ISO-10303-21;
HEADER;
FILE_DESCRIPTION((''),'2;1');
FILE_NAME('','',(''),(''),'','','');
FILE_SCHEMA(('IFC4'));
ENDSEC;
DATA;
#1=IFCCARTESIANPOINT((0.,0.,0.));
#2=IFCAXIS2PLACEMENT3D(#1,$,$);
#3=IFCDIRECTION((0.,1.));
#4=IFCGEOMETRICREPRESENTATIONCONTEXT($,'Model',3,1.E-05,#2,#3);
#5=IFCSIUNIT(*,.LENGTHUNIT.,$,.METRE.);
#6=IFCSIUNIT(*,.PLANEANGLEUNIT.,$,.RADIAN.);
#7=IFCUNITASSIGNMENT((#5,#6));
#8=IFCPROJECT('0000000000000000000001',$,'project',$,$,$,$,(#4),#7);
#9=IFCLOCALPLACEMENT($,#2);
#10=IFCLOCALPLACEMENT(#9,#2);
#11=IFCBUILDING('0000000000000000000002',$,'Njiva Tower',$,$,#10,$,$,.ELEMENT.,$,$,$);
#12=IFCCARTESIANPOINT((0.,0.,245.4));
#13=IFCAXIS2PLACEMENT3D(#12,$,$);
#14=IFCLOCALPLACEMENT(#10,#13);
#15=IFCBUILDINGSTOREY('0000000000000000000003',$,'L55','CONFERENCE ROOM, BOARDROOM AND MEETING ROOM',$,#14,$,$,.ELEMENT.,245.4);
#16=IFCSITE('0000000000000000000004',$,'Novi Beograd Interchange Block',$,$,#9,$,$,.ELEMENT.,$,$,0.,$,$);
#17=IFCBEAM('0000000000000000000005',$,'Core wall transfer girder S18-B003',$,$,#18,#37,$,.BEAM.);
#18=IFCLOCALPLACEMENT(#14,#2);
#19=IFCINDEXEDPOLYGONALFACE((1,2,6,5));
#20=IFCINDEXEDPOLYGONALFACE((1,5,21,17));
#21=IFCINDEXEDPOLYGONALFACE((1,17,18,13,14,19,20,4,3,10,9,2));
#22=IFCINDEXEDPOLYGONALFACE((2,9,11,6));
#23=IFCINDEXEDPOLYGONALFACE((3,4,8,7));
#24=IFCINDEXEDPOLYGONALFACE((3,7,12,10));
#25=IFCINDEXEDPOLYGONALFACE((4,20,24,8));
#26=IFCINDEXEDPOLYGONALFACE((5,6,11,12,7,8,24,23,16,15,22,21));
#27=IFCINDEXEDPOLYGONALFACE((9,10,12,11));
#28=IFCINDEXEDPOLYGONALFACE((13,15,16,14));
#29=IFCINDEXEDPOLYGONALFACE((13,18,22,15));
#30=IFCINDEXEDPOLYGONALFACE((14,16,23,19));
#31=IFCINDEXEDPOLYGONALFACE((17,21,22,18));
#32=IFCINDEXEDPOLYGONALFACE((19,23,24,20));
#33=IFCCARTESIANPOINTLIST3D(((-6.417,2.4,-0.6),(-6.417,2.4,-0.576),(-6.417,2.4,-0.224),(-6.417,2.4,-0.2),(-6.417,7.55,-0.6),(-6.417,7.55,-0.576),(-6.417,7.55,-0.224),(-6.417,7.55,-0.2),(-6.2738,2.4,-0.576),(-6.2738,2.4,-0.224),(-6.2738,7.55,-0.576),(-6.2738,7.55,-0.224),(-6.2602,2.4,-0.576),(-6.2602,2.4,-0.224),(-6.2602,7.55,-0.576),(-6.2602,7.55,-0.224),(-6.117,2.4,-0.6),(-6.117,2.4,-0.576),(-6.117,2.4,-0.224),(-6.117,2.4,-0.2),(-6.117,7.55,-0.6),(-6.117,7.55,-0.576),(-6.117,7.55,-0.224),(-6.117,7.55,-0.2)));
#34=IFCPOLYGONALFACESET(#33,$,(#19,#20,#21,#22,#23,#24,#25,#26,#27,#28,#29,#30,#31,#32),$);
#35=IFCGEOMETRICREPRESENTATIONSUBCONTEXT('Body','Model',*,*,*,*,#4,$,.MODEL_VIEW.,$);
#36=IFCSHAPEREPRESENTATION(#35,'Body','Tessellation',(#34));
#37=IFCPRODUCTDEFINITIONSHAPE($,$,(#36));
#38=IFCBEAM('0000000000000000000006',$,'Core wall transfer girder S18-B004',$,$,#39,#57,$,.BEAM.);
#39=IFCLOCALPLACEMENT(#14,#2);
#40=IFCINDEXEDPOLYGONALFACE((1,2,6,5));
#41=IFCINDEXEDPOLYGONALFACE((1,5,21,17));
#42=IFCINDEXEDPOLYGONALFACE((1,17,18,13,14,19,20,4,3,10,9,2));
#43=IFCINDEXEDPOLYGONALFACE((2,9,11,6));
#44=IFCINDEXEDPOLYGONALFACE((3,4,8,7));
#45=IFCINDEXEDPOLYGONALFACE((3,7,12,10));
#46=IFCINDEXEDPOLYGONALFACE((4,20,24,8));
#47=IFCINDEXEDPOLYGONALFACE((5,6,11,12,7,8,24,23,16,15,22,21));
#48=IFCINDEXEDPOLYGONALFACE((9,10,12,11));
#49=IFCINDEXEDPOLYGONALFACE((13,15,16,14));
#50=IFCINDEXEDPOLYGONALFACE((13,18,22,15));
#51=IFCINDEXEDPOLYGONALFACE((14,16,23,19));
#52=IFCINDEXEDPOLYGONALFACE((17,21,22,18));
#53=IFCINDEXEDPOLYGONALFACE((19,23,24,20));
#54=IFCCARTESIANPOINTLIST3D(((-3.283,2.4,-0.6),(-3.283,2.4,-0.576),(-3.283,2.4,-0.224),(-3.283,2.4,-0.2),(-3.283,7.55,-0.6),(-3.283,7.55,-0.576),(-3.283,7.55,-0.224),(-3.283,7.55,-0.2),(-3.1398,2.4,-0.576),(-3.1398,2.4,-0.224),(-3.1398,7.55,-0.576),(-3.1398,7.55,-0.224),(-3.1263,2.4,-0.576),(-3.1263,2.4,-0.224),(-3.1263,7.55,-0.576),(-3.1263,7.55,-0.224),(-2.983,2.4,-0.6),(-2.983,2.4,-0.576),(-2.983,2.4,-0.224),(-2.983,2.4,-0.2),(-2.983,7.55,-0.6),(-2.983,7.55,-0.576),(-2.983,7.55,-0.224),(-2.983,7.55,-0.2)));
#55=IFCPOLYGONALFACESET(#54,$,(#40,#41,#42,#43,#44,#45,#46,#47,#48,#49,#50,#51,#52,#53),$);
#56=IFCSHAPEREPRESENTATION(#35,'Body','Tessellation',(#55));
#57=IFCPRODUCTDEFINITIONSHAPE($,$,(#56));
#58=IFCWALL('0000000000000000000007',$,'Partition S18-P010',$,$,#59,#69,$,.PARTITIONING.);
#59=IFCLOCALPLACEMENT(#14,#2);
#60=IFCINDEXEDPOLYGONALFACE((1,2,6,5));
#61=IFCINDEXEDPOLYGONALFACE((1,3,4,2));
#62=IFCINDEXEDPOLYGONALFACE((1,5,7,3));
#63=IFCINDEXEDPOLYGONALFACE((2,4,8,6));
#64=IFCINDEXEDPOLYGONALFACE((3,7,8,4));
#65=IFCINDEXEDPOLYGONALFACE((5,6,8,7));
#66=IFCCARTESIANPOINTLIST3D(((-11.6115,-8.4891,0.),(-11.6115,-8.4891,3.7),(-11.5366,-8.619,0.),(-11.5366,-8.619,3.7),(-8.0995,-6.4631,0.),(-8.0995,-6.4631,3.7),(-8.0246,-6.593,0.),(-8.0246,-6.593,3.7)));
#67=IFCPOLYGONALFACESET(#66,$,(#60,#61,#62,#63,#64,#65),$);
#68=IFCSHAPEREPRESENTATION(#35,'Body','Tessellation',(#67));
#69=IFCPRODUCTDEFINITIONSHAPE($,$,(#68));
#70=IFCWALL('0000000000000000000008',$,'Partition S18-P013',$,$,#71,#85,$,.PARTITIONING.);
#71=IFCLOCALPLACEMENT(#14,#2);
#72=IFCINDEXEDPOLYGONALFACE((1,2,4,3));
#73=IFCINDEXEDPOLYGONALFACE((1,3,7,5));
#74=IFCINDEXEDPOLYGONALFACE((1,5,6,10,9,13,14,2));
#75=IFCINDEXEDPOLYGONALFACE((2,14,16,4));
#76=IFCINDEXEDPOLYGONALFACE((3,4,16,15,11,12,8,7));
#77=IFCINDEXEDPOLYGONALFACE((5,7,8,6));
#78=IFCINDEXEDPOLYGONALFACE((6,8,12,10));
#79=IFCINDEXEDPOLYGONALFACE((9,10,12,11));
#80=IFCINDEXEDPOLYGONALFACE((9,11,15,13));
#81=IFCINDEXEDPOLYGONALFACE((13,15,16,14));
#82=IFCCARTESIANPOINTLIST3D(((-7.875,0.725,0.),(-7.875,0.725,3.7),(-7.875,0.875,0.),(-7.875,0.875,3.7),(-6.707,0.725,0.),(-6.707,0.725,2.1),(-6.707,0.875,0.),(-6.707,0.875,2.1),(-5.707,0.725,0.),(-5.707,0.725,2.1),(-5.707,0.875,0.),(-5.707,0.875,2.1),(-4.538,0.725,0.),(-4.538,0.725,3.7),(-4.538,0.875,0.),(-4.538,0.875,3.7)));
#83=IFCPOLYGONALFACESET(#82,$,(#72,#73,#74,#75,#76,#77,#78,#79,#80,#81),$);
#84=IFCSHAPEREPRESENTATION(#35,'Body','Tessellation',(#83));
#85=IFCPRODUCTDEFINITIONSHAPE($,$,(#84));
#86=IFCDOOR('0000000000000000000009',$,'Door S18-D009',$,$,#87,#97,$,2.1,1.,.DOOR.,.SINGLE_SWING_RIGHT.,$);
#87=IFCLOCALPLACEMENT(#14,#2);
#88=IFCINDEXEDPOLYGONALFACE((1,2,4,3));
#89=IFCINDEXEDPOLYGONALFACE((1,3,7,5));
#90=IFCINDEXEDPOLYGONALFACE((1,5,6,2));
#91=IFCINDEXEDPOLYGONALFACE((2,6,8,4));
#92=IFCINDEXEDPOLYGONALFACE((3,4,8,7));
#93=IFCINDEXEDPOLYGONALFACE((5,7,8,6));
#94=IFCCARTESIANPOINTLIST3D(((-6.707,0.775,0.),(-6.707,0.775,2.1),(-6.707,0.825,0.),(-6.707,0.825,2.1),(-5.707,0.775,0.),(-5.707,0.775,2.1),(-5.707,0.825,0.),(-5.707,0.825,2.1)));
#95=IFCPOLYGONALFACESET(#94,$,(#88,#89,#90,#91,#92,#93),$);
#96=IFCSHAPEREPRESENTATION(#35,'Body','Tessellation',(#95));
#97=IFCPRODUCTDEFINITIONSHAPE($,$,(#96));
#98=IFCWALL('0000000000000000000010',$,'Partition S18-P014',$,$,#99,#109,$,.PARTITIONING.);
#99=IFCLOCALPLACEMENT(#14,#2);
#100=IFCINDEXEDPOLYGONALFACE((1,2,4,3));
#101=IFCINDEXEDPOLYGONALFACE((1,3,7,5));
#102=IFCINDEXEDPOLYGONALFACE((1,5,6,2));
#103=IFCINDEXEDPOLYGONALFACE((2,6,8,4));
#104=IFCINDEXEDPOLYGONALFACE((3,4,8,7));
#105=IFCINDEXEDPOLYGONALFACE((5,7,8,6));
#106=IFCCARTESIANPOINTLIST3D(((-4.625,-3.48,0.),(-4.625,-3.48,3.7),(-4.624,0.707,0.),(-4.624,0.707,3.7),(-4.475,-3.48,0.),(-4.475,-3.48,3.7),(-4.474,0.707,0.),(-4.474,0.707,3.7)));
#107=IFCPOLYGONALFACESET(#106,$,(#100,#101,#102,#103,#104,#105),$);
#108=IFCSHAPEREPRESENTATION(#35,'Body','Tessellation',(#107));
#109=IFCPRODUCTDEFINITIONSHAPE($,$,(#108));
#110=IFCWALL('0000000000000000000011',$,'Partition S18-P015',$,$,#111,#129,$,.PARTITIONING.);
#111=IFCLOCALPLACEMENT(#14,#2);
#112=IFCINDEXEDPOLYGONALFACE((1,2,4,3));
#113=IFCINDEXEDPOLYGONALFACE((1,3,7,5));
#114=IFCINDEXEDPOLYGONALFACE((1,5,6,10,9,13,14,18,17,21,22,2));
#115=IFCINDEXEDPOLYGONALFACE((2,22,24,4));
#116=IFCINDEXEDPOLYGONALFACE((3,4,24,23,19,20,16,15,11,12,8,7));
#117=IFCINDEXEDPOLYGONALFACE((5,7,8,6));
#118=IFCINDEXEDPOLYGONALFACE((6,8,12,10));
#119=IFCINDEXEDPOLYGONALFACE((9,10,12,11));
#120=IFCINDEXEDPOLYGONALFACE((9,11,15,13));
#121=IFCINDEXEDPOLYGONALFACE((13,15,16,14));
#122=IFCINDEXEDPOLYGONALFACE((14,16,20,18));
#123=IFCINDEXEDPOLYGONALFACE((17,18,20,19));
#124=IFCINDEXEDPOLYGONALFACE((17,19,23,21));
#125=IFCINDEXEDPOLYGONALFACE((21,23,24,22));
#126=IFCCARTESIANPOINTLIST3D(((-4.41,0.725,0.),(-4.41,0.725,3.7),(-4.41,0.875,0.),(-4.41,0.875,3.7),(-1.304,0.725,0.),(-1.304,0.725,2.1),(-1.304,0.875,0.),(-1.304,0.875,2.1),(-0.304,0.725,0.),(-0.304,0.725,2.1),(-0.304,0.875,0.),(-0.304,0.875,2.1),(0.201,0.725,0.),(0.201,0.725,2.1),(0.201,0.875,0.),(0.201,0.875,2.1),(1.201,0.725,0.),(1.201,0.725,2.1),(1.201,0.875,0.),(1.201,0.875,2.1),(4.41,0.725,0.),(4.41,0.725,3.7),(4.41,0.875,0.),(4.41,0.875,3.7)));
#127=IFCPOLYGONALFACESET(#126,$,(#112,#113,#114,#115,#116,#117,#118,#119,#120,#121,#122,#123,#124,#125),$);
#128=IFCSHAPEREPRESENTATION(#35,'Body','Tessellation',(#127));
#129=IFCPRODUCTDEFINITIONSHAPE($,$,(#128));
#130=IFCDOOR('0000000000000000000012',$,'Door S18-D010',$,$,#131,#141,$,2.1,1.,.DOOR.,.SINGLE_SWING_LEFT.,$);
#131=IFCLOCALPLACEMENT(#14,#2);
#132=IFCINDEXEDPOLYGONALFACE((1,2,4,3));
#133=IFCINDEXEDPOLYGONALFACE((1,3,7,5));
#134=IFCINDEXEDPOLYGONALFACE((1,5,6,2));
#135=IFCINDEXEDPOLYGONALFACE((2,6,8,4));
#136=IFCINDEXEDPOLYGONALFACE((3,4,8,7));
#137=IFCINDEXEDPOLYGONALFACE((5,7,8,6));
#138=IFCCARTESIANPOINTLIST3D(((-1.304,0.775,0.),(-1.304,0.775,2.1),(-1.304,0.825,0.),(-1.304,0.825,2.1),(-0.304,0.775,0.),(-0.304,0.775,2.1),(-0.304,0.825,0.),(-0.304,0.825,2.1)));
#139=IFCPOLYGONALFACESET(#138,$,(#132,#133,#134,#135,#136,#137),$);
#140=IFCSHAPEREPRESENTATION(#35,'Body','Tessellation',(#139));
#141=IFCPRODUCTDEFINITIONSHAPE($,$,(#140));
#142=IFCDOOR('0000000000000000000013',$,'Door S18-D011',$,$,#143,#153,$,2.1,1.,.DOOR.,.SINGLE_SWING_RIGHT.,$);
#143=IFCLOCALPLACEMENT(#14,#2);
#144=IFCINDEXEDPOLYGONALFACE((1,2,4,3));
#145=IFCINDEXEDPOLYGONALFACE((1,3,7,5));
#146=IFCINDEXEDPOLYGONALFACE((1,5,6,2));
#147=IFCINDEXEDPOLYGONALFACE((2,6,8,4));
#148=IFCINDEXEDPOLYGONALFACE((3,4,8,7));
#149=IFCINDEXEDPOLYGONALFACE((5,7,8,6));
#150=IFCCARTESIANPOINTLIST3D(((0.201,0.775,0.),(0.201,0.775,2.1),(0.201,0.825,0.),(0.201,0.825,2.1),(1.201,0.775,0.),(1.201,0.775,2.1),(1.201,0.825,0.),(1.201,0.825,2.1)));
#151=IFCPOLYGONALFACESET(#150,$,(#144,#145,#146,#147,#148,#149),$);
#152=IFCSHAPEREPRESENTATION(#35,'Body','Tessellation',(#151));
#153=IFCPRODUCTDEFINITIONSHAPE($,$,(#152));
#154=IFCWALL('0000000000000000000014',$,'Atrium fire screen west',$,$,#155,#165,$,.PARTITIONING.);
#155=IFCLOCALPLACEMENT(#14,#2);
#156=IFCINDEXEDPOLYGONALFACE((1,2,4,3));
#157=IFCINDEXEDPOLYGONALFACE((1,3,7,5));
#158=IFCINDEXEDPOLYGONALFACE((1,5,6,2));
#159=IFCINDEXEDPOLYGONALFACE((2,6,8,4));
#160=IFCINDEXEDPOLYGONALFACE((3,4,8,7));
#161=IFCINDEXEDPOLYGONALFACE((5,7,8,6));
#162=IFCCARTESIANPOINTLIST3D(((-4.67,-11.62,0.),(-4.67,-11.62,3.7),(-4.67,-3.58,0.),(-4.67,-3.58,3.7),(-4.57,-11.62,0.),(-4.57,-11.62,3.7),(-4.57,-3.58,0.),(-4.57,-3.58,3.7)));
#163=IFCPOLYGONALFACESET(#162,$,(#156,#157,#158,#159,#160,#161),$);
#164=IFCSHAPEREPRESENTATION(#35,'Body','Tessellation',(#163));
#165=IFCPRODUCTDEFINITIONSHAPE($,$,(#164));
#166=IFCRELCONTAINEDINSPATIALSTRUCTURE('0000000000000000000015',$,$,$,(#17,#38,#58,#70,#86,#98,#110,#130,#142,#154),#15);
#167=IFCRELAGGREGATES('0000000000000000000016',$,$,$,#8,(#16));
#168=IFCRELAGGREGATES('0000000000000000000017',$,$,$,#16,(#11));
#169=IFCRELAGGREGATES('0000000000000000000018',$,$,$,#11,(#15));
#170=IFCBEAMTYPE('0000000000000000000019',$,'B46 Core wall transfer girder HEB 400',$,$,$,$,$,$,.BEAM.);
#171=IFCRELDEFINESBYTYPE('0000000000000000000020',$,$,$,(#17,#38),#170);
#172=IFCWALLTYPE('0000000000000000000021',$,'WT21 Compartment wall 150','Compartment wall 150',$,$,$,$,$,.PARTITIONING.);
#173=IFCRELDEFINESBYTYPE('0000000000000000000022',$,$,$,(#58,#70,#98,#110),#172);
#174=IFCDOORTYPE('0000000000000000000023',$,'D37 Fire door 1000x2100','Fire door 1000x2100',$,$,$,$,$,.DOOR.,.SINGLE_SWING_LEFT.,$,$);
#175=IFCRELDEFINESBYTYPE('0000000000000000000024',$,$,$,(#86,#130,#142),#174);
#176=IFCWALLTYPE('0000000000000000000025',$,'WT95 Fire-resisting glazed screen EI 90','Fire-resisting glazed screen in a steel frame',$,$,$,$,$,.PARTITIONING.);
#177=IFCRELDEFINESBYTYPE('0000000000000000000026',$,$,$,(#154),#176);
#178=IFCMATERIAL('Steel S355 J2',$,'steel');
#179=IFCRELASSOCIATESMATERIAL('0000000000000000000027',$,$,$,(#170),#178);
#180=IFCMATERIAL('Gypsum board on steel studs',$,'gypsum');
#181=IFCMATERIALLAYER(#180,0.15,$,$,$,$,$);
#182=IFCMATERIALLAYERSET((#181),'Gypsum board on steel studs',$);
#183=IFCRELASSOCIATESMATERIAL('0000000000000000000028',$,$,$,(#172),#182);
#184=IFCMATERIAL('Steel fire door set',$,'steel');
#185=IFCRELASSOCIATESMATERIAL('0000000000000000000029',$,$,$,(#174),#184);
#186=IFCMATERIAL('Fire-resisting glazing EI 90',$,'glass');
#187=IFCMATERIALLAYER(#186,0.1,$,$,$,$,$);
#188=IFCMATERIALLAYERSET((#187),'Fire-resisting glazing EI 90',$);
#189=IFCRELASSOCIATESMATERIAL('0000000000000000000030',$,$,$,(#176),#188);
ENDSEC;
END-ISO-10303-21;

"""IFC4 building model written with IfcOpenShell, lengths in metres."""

from ifc_helpers import new_model, si_unit, direction, frame, frame_2d, origin, origin_2d, place, context, subcontext, project, spatial, rectangle, i_section, extrude, material, layer, layer_set, material_profile, profile_set, type_object, element, fill, save


model = new_model("IFC4")

# Units and contexts
model_context = context("Model", 3, precision=1e-05, world=origin(), true_north=direction((0.0, 1.0)))
body_context = subcontext(model_context, "Body", "Model", "MODEL_VIEW")
ifc_project = project(units=[si_unit("LENGTHUNIT", "METRE"), si_unit("PLANEANGLEUNIT", "RADIAN")], contexts=[model_context])

# Site, building, storey
site_placement = place(None, origin())
site = spatial("IfcSite", under=ifc_project, at=site_placement, Name="Novi Beograd Interchange Block", CompositionType="ELEMENT", RefElevation=0.0)
building_placement = place(site_placement, origin())
building = spatial("IfcBuilding", under=site, at=building_placement, Name="Njiva Tower", CompositionType="ELEMENT")
storey_placement = place(building_placement, frame((0.0, 0.0, 245.4)))
storey = spatial("IfcBuildingStorey", under=building, at=storey_placement, Name="L55", Description="CONFERENCE ROOM, BOARDROOM AND MEETING ROOM", CompositionType="ELEMENT", Elevation=245.4)

# Shared definitions
ifc_material_1 = material(Name="Steel S355 J2", Category="steel")

# Beams
ifc_material_profile_1 = material_profile(ifc_material_1, i_section(OverallWidth=0.3, OverallDepth=0.4, WebThickness=0.0135, FlangeThickness=0.024, at=origin_2d()), Name="HEB 400")
ifc_profile_set_1 = profile_set([ifc_material_profile_1], Name="Steel S355 J2")
beam_type_1 = type_object("IfcBeamType", Name="B46 Core wall transfer girder HEB 400", PredefinedType="BEAM", material=ifc_profile_set_1)
for number, where, z_axis, x_axis, name in (
    (1, (-6.267, 2.4, -0.4), (0.0, 1.0, 0.0), (-1.0, 0.0, 0.0), "Core wall transfer girder S18-B003"),
    (2, (-3.133, 2.4, -0.4), (0.0, 1.0, 0.0), (-1.0, 0.0, 0.0), "Core wall transfer girder S18-B004"),
):
    element("IfcBeam", number, at=place(storey_placement, frame(where, z_axis=z_axis, x_axis=x_axis)), inside=storey, type_object=beam_type_1, Name=name, PredefinedType="BEAM", context=body_context, shape_type="SweptSolid", body=[
        extrude(i_section(OverallWidth=0.3, OverallDepth=0.4, WebThickness=0.0135, FlangeThickness=0.024, at=origin_2d()), origin(), (0.0, 0.0, 1.0), 5.15),
    ])

# Wall
ifc_material_2 = material(Name="Gypsum board on steel studs", Category="gypsum")
ifc_layer_1 = layer(ifc_material_2, 0.15)
ifc_layer_set_1 = layer_set([ifc_layer_1], Name="Gypsum board on steel studs")
wall_type_1 = type_object("IfcWallType", Name="WT21 Compartment wall 150", Description="Compartment wall 150", PredefinedType="PARTITIONING", material=ifc_layer_set_1)
wall_1_placement = place(storey_placement, frame((-11.574, -8.554, 0.0), z_axis=(0.0, 0.0, 1.0), x_axis=(0.866202, 0.499694, 0.0)))
element("IfcWall", 3, at=wall_1_placement, inside=storey, type_object=wall_type_1, Name="Partition S18-P010", PredefinedType="PARTITIONING", context=body_context, shape_type="SweptSolid", body=[
    extrude(rectangle(XDim=4.0545, YDim=0.15, at=frame_2d((2.0272, 0.0))), origin(), (0.0, 0.0, 1.0), 3.7),
])

# Wall, opening, door
wall_2_placement = place(storey_placement, frame((-7.875, 0.8, 0.0), z_axis=(0.0, 0.0, 1.0), x_axis=(1.0, 0.0, 0.0)))
wall_2 = element("IfcWall", 4, at=wall_2_placement, inside=storey, type_object=wall_type_1, Name="Partition S18-P013", PredefinedType="PARTITIONING", context=body_context, shape_type="SweptSolid", body=[
    extrude(rectangle(XDim=3.337, YDim=0.15, at=frame_2d((1.6685, 0.0))), origin(), (0.0, 0.0, 1.0), 3.7),
])
opening_1_placement = place(wall_2_placement, frame((1.168, 0.0, 0.0)))
opening_1 = element("IfcOpeningElement", 5, at=opening_1_placement, cuts=wall_2, PredefinedType="OPENING", context=body_context, shape_type="SweptSolid", body=[
    extrude(rectangle(XDim=1.0, YDim=2.1, at=frame_2d((0.5, 1.05))), frame((0.0, 0.085, 0.0), z_axis=(0.0, -1.0, 0.0), x_axis=(1.0, 0.0, 0.0)), (0.0, 0.0, 1.0), 0.17),
])
ifc_material_3 = material(Name="Steel fire door set", Category="steel")
door_type = type_object("IfcDoorType", Name="D37 Fire door 1000x2100", Description="Fire door 1000x2100", OperationType="SINGLE_SWING_LEFT", PredefinedType="DOOR", material=ifc_material_3)
door_1_placement = place(opening_1_placement, origin())
door_1 = element("IfcDoor", 6, at=door_1_placement, inside=storey, type_object=door_type, Name="Door S18-D009", OperationType="SINGLE_SWING_RIGHT", OverallHeight=2.1, OverallWidth=1.0, PredefinedType="DOOR", context=body_context, shape_type="SweptSolid", body=[
    extrude(rectangle(XDim=1.0, YDim=2.1, at=frame_2d((0.5, 1.05))), frame((0.0, 0.025, 0.0), z_axis=(0.0, -1.0, 0.0), x_axis=(1.0, 0.0, 0.0)), (0.0, 0.0, 1.0), 0.05),
])
fill(opening_1, door_1)

# Wall
wall_3_placement = place(storey_placement, frame((-4.55, -3.48, 0.0), z_axis=(0.0, 0.0, 1.0), x_axis=(0.000239, 1.0, 0.0)))
element("IfcWall", 7, at=wall_3_placement, inside=storey, type_object=wall_type_1, Name="Partition S18-P014", PredefinedType="PARTITIONING", context=body_context, shape_type="SweptSolid", body=[
    extrude(rectangle(XDim=4.187, YDim=0.15, at=frame_2d((2.0935, 0.0))), origin(), (0.0, 0.0, 1.0), 3.7),
])

# Wall, openings, doors
wall_4_placement = place(storey_placement, frame((-4.41, 0.8, 0.0), z_axis=(0.0, 0.0, 1.0), x_axis=(1.0, 0.0, 0.0)))
wall_4 = element("IfcWall", 8, at=wall_4_placement, inside=storey, type_object=wall_type_1, Name="Partition S18-P015", PredefinedType="PARTITIONING", context=body_context, shape_type="SweptSolid", body=[
    extrude(rectangle(XDim=8.82, YDim=0.15, at=frame_2d((4.41, 0.0))), origin(), (0.0, 0.0, 1.0), 3.7),
])
opening_2_placement = place(wall_4_placement, frame((3.106, 0.0, 0.0)))
opening_2 = element("IfcOpeningElement", 9, at=opening_2_placement, cuts=wall_4, PredefinedType="OPENING", context=body_context, shape_type="SweptSolid", body=[
    extrude(rectangle(XDim=1.0, YDim=2.1, at=frame_2d((0.5, 1.05))), frame((0.0, 0.085, 0.0), z_axis=(0.0, -1.0, 0.0), x_axis=(1.0, 0.0, 0.0)), (0.0, 0.0, 1.0), 0.17),
])
opening_3_placement = place(wall_4_placement, frame((4.611, 0.0, 0.0)))
opening_3 = element("IfcOpeningElement", 10, at=opening_3_placement, cuts=wall_4, PredefinedType="OPENING", context=body_context, shape_type="SweptSolid", body=[
    extrude(rectangle(XDim=1.0, YDim=2.1, at=frame_2d((0.5, 1.05))), frame((0.0, 0.085, 0.0), z_axis=(0.0, -1.0, 0.0), x_axis=(1.0, 0.0, 0.0)), (0.0, 0.0, 1.0), 0.17),
])
door_2_placement = place(opening_2_placement, origin())
door_2 = element("IfcDoor", 11, at=door_2_placement, inside=storey, type_object=door_type, Name="Door S18-D010", OperationType="SINGLE_SWING_LEFT", OverallHeight=2.1, OverallWidth=1.0, PredefinedType="DOOR", context=body_context, shape_type="SweptSolid", body=[
    extrude(rectangle(XDim=1.0, YDim=2.1, at=frame_2d((0.5, 1.05))), frame((0.0, 0.025, 0.0), z_axis=(0.0, -1.0, 0.0), x_axis=(1.0, 0.0, 0.0)), (0.0, 0.0, 1.0), 0.05),
])
fill(opening_2, door_2)
door_3_placement = place(opening_3_placement, origin())
door_3 = element("IfcDoor", 12, at=door_3_placement, inside=storey, type_object=door_type, Name="Door S18-D011", OperationType="SINGLE_SWING_RIGHT", OverallHeight=2.1, OverallWidth=1.0, PredefinedType="DOOR", context=body_context, shape_type="SweptSolid", body=[
    extrude(rectangle(XDim=1.0, YDim=2.1, at=frame_2d((0.5, 1.05))), frame((0.0, 0.025, 0.0), z_axis=(0.0, -1.0, 0.0), x_axis=(1.0, 0.0, 0.0)), (0.0, 0.0, 1.0), 0.05),
])
fill(opening_3, door_3)

# Wall
ifc_material_4 = material(Name="Fire-resisting glazing EI 90", Category="glass")
ifc_layer_2 = layer(ifc_material_4, 0.1)
ifc_layer_set_2 = layer_set([ifc_layer_2], Name="Fire-resisting glazing EI 90")
wall_type_2 = type_object("IfcWallType", Name="WT95 Fire-resisting glazed screen EI 90", Description="Fire-resisting glazed screen in a steel frame", PredefinedType="PARTITIONING", material=ifc_layer_set_2)
wall_5_placement = place(storey_placement, frame((-4.62, -3.58, 0.0), z_axis=(0.0, 0.0, 1.0), x_axis=(0.0, -1.0, 0.0)))
element("IfcWall", 13, at=wall_5_placement, inside=storey, type_object=wall_type_2, Name="Atrium fire screen west", PredefinedType="PARTITIONING", context=body_context, shape_type="SweptSolid", body=[
    extrude(rectangle(XDim=8.04, YDim=0.1, at=frame_2d((4.02, 0.0))), origin(), (0.0, 0.0, 1.0), 3.7),
])

save(model, "model.ifc")
